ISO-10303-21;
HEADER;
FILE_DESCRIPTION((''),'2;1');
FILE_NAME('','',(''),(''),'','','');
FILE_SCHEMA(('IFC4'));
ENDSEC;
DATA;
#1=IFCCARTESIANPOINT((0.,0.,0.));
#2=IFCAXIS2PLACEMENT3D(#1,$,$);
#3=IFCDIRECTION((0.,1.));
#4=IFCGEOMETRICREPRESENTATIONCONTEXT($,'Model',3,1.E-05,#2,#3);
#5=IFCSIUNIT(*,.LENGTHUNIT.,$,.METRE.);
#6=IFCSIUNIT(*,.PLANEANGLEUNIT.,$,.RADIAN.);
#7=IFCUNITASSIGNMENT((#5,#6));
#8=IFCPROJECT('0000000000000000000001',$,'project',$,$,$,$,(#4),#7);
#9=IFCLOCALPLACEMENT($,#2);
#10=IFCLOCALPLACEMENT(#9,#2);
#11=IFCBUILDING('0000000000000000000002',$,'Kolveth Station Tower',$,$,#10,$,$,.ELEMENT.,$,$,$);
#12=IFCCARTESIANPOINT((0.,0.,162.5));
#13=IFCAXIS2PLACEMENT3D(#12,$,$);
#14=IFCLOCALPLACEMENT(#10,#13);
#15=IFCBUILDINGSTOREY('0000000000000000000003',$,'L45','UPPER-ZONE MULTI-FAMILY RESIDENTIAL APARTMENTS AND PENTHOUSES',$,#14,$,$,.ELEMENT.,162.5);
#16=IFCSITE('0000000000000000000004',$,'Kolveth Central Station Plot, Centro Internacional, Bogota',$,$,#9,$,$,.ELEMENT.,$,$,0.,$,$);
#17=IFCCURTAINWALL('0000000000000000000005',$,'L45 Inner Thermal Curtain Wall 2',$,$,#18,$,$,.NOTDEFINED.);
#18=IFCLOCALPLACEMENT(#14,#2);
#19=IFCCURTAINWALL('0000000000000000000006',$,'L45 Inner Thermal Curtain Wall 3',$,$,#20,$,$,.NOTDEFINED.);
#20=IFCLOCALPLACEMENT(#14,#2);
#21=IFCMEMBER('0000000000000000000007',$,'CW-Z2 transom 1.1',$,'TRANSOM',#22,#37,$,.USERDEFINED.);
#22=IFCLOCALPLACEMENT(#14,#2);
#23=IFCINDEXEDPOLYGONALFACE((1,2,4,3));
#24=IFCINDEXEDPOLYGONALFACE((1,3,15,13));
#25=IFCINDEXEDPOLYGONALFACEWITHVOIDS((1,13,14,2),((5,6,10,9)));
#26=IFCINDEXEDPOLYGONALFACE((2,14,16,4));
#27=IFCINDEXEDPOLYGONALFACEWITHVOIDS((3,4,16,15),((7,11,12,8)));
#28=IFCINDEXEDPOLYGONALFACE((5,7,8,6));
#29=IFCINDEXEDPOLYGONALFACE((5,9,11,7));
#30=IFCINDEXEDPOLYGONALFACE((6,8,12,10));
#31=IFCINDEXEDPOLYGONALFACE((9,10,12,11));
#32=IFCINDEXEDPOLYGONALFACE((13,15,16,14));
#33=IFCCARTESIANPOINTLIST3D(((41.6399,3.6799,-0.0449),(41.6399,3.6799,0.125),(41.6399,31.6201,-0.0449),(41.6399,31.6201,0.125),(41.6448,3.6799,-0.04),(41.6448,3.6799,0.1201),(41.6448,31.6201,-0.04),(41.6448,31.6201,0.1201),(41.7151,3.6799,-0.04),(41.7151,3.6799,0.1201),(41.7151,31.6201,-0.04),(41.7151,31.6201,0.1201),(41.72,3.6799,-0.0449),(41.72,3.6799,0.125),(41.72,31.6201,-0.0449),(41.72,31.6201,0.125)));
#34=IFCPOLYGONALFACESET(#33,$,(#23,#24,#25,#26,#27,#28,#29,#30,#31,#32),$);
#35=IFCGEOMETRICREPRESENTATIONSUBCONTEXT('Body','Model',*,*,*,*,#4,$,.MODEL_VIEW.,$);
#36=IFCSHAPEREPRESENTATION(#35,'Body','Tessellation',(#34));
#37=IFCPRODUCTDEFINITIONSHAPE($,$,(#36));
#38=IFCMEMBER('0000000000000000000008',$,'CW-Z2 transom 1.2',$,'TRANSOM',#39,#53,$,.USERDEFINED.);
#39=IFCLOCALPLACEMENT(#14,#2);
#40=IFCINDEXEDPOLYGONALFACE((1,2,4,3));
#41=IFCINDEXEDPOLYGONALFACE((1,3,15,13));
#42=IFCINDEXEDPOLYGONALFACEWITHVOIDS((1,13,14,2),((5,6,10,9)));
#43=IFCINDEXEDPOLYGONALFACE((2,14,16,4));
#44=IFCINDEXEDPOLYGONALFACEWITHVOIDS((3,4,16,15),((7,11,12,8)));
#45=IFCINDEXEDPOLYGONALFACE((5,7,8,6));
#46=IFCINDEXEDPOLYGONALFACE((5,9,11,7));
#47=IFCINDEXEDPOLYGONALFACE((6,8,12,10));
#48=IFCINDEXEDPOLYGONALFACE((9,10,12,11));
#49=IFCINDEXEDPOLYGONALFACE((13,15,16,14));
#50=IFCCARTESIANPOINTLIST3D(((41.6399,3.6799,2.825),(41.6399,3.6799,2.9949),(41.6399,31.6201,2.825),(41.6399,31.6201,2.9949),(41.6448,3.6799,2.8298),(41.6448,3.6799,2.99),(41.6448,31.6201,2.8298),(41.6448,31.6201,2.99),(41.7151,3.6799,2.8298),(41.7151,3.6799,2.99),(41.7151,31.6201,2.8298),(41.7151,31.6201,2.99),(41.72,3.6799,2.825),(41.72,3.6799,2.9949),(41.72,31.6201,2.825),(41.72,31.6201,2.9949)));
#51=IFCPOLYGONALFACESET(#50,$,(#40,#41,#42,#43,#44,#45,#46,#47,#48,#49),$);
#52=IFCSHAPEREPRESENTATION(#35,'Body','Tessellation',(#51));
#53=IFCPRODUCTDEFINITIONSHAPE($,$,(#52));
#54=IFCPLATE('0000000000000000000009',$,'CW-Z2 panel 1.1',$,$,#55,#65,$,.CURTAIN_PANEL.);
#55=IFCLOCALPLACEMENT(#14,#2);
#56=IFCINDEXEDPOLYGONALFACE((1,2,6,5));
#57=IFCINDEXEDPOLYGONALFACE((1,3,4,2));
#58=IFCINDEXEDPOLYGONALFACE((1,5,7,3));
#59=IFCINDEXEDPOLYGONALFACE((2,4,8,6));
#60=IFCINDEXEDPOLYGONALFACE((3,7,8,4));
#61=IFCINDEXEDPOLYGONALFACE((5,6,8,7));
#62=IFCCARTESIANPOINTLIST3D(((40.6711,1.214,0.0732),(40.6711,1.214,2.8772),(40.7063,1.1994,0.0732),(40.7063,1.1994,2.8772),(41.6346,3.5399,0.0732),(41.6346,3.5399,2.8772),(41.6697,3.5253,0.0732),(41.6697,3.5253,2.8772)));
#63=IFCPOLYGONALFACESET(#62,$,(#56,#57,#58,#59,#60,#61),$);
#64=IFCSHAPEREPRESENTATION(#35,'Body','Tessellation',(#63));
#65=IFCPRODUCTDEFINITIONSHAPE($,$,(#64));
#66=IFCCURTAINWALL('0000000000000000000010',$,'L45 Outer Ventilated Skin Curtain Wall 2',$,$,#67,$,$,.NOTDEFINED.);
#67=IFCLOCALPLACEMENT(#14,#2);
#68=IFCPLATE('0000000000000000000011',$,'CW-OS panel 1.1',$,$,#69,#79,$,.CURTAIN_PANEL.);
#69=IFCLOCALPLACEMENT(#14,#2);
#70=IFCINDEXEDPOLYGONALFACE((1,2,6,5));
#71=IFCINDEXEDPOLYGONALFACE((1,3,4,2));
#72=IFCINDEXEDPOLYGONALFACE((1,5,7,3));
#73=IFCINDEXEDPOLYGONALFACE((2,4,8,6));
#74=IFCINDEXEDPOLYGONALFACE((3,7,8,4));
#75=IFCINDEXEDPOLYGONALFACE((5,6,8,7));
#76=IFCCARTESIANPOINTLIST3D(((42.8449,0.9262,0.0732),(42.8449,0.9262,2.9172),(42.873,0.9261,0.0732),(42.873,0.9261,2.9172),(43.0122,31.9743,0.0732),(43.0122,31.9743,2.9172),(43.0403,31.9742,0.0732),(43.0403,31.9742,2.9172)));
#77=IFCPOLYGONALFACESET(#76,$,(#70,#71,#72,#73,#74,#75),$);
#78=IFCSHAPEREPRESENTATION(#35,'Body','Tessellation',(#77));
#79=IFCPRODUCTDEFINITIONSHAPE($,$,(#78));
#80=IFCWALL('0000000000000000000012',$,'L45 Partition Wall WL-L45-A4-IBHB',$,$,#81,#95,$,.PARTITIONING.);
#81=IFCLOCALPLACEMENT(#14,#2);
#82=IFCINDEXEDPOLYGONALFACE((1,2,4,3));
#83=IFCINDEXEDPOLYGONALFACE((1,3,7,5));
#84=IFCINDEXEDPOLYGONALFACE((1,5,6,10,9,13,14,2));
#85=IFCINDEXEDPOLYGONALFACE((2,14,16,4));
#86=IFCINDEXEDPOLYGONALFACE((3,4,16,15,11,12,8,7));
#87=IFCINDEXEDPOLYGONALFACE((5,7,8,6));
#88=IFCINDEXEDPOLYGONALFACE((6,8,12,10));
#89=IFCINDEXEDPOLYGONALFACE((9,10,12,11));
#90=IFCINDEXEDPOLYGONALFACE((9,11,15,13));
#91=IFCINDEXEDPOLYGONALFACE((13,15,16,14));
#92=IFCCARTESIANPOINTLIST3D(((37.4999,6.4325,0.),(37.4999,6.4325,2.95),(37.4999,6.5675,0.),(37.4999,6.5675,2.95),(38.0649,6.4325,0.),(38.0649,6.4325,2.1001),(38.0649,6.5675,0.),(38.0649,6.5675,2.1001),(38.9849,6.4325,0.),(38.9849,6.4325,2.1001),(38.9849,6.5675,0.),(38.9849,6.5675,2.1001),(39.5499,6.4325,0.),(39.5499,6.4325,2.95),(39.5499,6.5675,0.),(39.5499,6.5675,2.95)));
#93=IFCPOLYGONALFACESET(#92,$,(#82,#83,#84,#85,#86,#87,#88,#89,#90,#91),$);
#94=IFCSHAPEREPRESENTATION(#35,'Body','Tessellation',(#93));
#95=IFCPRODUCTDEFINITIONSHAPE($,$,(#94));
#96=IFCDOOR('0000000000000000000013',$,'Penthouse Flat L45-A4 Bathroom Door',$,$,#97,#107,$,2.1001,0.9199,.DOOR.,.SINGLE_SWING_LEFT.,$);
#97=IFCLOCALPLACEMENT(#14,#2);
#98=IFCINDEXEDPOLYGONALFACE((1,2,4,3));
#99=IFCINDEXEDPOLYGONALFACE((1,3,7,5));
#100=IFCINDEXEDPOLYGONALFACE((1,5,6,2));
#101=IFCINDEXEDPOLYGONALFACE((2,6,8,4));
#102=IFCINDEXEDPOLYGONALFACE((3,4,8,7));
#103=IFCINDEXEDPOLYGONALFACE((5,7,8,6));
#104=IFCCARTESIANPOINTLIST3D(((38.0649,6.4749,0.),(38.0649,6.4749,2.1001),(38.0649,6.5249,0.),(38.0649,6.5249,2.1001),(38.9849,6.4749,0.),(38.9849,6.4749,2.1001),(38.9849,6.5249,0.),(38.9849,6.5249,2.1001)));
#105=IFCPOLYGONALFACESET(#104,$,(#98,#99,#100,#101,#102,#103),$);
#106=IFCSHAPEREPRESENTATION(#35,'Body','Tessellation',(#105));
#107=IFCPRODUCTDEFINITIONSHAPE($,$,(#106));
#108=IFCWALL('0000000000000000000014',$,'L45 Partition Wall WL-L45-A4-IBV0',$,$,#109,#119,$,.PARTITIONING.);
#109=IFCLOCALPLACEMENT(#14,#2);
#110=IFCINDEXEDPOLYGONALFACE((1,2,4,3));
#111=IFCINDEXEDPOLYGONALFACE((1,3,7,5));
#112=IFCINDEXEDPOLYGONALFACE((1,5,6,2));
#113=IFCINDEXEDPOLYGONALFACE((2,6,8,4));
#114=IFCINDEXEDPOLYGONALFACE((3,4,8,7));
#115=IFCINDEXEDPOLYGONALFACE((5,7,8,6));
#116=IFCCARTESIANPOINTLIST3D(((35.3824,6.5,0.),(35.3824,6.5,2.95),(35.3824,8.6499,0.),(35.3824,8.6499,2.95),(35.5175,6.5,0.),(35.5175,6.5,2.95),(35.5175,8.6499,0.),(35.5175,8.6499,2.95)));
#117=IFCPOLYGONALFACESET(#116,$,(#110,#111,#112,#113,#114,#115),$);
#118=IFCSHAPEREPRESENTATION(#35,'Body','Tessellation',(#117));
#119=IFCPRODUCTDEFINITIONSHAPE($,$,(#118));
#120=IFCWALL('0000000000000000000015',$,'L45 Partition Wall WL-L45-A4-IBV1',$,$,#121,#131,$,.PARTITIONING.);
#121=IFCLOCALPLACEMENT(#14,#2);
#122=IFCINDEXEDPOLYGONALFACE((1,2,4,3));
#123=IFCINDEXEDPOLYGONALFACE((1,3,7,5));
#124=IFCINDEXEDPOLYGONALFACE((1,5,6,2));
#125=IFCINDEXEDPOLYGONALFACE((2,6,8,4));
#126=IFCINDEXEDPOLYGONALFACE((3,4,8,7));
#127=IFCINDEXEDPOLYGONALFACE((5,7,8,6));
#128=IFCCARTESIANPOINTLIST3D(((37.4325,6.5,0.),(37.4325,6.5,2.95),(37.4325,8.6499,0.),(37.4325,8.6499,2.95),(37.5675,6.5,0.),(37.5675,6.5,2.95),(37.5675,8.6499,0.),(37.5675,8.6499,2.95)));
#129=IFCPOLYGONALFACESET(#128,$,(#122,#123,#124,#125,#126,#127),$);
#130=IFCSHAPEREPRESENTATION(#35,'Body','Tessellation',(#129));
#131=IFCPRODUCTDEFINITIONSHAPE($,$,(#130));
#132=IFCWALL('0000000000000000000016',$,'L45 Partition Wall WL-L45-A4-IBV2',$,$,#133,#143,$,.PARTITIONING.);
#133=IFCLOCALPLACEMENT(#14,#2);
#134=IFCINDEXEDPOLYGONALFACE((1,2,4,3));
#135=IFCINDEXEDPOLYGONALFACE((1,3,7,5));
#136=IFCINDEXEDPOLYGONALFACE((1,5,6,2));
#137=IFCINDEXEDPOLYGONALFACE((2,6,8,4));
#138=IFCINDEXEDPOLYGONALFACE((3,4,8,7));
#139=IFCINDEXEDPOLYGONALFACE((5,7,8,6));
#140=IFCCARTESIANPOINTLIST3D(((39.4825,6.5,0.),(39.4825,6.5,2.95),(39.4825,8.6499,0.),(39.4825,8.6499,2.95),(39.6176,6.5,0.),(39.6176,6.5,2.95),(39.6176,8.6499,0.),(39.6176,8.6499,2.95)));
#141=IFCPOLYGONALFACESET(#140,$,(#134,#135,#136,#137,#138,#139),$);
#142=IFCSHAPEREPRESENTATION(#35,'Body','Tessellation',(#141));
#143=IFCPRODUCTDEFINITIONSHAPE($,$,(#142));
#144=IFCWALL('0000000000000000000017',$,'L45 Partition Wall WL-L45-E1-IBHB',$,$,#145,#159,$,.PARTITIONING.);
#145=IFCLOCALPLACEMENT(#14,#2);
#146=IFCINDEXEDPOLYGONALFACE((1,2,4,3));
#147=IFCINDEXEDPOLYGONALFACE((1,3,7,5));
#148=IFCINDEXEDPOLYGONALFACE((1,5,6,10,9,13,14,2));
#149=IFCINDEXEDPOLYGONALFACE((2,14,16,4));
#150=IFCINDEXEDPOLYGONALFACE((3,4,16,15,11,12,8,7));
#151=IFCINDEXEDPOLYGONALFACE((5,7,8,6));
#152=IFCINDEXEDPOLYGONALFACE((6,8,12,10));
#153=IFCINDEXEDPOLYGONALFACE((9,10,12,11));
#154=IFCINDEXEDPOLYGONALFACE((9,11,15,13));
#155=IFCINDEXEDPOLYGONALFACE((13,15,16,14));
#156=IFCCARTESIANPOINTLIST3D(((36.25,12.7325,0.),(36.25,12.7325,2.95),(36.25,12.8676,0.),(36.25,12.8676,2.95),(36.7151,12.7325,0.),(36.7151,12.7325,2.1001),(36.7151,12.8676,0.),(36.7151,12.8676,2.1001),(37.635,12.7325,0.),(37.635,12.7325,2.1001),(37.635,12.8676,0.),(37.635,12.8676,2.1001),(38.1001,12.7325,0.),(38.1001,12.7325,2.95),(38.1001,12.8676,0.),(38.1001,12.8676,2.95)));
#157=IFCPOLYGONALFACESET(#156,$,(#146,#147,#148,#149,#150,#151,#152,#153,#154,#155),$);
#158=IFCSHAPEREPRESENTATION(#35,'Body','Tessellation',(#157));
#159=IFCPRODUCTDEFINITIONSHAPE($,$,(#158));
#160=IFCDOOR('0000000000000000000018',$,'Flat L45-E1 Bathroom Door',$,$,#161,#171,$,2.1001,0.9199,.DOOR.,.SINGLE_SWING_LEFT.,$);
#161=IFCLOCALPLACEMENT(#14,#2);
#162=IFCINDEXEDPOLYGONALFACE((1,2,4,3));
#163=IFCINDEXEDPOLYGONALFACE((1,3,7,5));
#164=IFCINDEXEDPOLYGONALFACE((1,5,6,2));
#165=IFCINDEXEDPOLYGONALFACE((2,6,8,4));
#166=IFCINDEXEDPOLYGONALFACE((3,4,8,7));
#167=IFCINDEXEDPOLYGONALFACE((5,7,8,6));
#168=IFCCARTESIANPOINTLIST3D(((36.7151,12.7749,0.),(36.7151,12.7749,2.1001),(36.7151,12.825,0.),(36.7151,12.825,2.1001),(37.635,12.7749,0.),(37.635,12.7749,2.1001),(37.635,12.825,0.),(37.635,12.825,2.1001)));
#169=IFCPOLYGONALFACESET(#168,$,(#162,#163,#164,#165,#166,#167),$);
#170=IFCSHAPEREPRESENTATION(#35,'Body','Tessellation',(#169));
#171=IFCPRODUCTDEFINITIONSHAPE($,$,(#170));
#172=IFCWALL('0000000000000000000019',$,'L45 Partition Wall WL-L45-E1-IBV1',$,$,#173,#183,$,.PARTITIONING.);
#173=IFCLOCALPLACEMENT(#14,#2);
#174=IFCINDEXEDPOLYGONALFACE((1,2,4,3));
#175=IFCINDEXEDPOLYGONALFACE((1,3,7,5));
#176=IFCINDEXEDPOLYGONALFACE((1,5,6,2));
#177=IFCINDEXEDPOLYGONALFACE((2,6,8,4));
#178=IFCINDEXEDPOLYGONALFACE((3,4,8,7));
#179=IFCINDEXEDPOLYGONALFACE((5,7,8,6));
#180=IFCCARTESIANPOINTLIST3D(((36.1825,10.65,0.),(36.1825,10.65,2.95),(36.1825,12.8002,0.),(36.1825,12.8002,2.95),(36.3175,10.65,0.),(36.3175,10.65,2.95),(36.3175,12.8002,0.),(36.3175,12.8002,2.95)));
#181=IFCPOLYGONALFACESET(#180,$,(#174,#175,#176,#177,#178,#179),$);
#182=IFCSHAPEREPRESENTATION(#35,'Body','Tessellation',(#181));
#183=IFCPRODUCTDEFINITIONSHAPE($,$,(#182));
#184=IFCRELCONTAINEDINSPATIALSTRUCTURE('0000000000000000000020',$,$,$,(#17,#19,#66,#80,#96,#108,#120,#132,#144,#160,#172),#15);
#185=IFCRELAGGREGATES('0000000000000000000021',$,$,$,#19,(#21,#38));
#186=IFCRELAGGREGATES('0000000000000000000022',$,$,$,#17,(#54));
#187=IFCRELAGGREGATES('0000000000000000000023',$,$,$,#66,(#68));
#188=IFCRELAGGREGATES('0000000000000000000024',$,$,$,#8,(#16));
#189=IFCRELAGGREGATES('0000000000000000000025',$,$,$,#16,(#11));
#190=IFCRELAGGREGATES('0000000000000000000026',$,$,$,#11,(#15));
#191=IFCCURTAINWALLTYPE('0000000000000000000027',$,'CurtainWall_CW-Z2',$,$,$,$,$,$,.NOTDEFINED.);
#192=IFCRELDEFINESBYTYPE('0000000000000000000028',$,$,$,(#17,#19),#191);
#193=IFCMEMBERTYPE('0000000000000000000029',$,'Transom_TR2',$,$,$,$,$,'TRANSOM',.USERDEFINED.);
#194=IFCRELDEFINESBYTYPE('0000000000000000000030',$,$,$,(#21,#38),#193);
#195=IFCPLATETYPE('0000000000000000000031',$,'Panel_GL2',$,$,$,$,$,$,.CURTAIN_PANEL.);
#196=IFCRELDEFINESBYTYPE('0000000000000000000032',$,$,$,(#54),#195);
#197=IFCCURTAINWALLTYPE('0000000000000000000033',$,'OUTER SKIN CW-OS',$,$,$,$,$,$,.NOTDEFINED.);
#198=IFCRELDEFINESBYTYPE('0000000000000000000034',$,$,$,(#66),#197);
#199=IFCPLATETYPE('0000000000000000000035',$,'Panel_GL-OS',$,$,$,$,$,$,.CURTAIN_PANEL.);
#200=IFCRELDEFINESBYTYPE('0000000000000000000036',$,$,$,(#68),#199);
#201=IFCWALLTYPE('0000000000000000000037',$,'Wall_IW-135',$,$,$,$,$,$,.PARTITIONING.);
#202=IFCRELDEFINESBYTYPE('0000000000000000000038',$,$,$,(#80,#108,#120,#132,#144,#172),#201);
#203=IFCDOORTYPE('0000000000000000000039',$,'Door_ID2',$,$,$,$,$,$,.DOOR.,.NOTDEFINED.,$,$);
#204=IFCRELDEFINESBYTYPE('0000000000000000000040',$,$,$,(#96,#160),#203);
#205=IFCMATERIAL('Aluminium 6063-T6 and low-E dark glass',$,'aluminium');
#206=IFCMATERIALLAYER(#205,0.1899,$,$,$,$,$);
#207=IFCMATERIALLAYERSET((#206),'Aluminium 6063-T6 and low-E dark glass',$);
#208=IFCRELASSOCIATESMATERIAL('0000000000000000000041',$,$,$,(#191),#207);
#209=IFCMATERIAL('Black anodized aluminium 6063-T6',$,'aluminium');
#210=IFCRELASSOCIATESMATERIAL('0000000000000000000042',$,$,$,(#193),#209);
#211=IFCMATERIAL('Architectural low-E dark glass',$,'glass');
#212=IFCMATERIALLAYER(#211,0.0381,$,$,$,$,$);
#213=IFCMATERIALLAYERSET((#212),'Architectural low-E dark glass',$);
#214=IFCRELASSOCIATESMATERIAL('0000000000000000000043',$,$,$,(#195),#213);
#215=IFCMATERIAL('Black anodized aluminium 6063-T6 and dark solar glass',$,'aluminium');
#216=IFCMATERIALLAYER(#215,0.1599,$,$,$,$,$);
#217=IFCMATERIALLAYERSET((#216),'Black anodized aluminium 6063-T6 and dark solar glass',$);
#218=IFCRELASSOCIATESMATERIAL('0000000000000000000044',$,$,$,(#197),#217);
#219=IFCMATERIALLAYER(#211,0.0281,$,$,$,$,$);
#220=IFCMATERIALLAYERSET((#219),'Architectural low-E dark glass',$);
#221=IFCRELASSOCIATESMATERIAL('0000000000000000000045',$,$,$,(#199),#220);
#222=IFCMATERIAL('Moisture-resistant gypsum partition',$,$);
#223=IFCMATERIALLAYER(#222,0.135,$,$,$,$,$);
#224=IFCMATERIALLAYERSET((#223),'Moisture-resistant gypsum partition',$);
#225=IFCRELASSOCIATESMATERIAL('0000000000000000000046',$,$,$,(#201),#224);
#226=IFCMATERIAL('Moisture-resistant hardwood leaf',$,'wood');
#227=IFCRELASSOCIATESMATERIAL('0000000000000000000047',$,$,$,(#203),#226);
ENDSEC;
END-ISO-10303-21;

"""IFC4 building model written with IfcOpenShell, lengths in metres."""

from ifc_helpers import new_model, si_unit, direction, frame, frame_2d, origin, origin_2d, place, context, subcontext, project, spatial, rectangle, hollow_rectangle, extrude, source, transform, mapped, material, layer, layer_set, material_profile, profile_set, type_object, element, fill, aggregate, save


model = new_model("IFC4")

# Units and contexts
model_context = context("Model", 3, precision=1e-05, world=origin(), true_north=direction((0.0, 1.0)))
body_context = subcontext(model_context, "Body", "Model", "MODEL_VIEW")
ifc_project = project(units=[si_unit("LENGTHUNIT", "METRE"), si_unit("PLANEANGLEUNIT", "RADIAN")], contexts=[model_context])

# Site, building, storey
site_placement = place(None, origin())
site = spatial("IfcSite", under=ifc_project, at=site_placement, Name="Kolveth Central Station Plot, Centro Internacional, Bogota", CompositionType="ELEMENT", RefElevation=0.0)
building_placement = place(site_placement, origin())
building = spatial("IfcBuilding", under=site, at=building_placement, Name="Kolveth Station Tower", CompositionType="ELEMENT")
storey_placement = place(building_placement, frame((0.0, 0.0, 162.5)))
storey = spatial("IfcBuildingStorey", under=building, at=storey_placement, Name="L45", Description="UPPER-ZONE MULTI-FAMILY RESIDENTIAL APARTMENTS AND PENTHOUSES", CompositionType="ELEMENT", Elevation=162.5)

# Curtain walls
ifc_material_1 = material(Name="Aluminium 6063-T6 and low-E dark glass", Category="aluminium")
ifc_layer_1 = layer(ifc_material_1, 0.1899)
ifc_layer_set_1 = layer_set([ifc_layer_1], Name="Aluminium 6063-T6 and low-E dark glass")
curtain_wall_type_1 = type_object("IfcCurtainWallType", Name="CurtainWall_CW-Z2", PredefinedType="NOTDEFINED", material=ifc_layer_set_1)
curtain_wall_1_placement = place(storey_placement, origin())
curtain_wall_1 = element("IfcCurtainWall", 1, at=curtain_wall_1_placement, inside=storey, type_object=curtain_wall_type_1, Name="L45 Inner Thermal Curtain Wall 2", PredefinedType="NOTDEFINED")
ifc_material_2 = material(Name="Black anodized aluminium 6063-T6", Category="aluminium")
curtain_wall_2_placement = place(storey_placement, origin())
curtain_wall_2 = element("IfcCurtainWall", 2, at=curtain_wall_2_placement, inside=storey, type_object=curtain_wall_type_1, Name="L45 Inner Thermal Curtain Wall 3", PredefinedType="NOTDEFINED")

# Members
ifc_material_profile_1 = material_profile(ifc_material_2, hollow_rectangle(XDim=0.0801, YDim=0.1699, WallThickness=0.0049, at=origin_2d()), Name="ALU-80x170x5")
ifc_profile_set_1 = profile_set([ifc_material_profile_1], Name="Black anodized aluminium 6063-T6")
member_type_1 = type_object("IfcMemberType", Name="Transom_TR2", ElementType="TRANSOM", PredefinedType="USERDEFINED", material=ifc_profile_set_1)
shared_shape_1 = source(origin(), body_context, "Body", "SweptSolid", [
    extrude(hollow_rectangle(XDim=0.0801, YDim=0.1699, WallThickness=0.0049, at=origin_2d()), origin(), (0.0, 0.0, 1.0), 27.9402),
])
member_1_placement = place(storey_placement, frame((41.6799, 3.6799, 0.04), z_axis=(0.0, 1.0, 0.0), x_axis=(-1.0, 0.0, 0.0)))
member_1 = element("IfcMember", 3, at=member_1_placement, type_object=member_type_1, Name="CW-Z2 transom 1.1", ObjectType="TRANSOM", PredefinedType="USERDEFINED", context=body_context, shape_type="MappedRepresentation", body=[
    mapped(shared_shape_1, transform((0.0, 0.0, 0.0), x_axis=(1.0, 0.0, 0.0), y_axis=(0.0, 1.0, 0.0), z_axis=(0.0, 0.0, 1.0), scale=1.0)),
])
member_2_placement = place(storey_placement, frame((41.6799, 3.6799, 2.9099), z_axis=(0.0, 1.0, 0.0), x_axis=(-1.0, 0.0, 0.0)))
member_2 = element("IfcMember", 4, at=member_2_placement, type_object=member_type_1, Name="CW-Z2 transom 1.2", ObjectType="TRANSOM", PredefinedType="USERDEFINED", context=body_context, shape_type="MappedRepresentation", body=[
    mapped(shared_shape_1, transform((0.0, 0.0, 0.0), x_axis=(1.0, 0.0, 0.0), y_axis=(0.0, 1.0, 0.0), z_axis=(0.0, 0.0, 1.0), scale=1.0)),
])
aggregate(curtain_wall_2, [member_1, member_2])

# Plate
ifc_material_3 = material(Name="Architectural low-E dark glass", Category="glass")
ifc_layer_2 = layer(ifc_material_3, 0.0381)
ifc_layer_set_2 = layer_set([ifc_layer_2], Name="Architectural low-E dark glass")
plate_type_1 = type_object("IfcPlateType", Name="Panel_GL2", PredefinedType="CURTAIN_PANEL", material=ifc_layer_set_2)
shared_shape_2 = source(origin(), body_context, "Body", "SweptSolid", [
    extrude(rectangle(XDim=2.5176, YDim=0.0381, at=origin_2d()), origin(), (0.0, 0.0, 1.0), 2.804),
])
plate_1_placement = place(storey_placement, frame((41.1704, 2.3696, 0.0732), z_axis=(0.0, 0.0, 1.0), x_axis=(0.382698, 0.923874, 0.0)))
plate_1 = element("IfcPlate", 5, at=plate_1_placement, type_object=plate_type_1, Name="CW-Z2 panel 1.1", PredefinedType="CURTAIN_PANEL", context=body_context, shape_type="MappedRepresentation", body=[
    mapped(shared_shape_2, transform((0.0, 0.0, 0.0), x_axis=(1.0, 0.0, 0.0), y_axis=(0.0, 1.0, 0.0), z_axis=(0.0, 0.0, 1.0), scale=1.0)),
])
aggregate(curtain_wall_1, [plate_1])

# Curtain wall, plate
ifc_material_4 = material(Name="Black anodized aluminium 6063-T6 and dark solar glass", Category="aluminium")
ifc_layer_3 = layer(ifc_material_4, 0.1599)
ifc_layer_set_3 = layer_set([ifc_layer_3], Name="Black anodized aluminium 6063-T6 and dark solar glass")
curtain_wall_type_2 = type_object("IfcCurtainWallType", Name="OUTER SKIN CW-OS", PredefinedType="NOTDEFINED", material=ifc_layer_set_3)
curtain_wall_3_placement = place(storey_placement, origin())
curtain_wall_3 = element("IfcCurtainWall", 6, at=curtain_wall_3_placement, inside=storey, type_object=curtain_wall_type_2, Name="L45 Outer Ventilated Skin Curtain Wall 2", PredefinedType="NOTDEFINED")
ifc_layer_4 = layer(ifc_material_3, 0.0281)
ifc_layer_set_4 = layer_set([ifc_layer_4], Name="Architectural low-E dark glass")
plate_type_2 = type_object("IfcPlateType", Name="Panel_GL-OS", PredefinedType="CURTAIN_PANEL", material=ifc_layer_set_4)
shared_shape_3 = source(origin(), body_context, "Body", "SweptSolid", [
    extrude(rectangle(XDim=31.0486, YDim=0.0281, at=origin_2d()), origin(), (0.0, 0.0, 1.0), 2.844),
])
plate_2_placement = place(storey_placement, frame((42.9426, 16.4502, 0.0732), z_axis=(0.0, 0.0, 1.0), x_axis=(0.005388, 0.999985, 0.0)))
plate_2 = element("IfcPlate", 7, at=plate_2_placement, type_object=plate_type_2, Name="CW-OS panel 1.1", PredefinedType="CURTAIN_PANEL", context=body_context, shape_type="MappedRepresentation", body=[
    mapped(shared_shape_3, transform((0.0, 0.0, 0.0), x_axis=(1.0, 0.0, 0.0), y_axis=(0.0, 1.0, 0.0), z_axis=(0.0, 0.0, 1.0), scale=1.0)),
])
aggregate(curtain_wall_3, [plate_2])

# Wall, opening, door
ifc_material_5 = material(Name="Moisture-resistant gypsum partition")
ifc_layer_5 = layer(ifc_material_5, 0.135)
ifc_layer_set_5 = layer_set([ifc_layer_5], Name="Moisture-resistant gypsum partition")
wall_type_1 = type_object("IfcWallType", Name="Wall_IW-135", PredefinedType="PARTITIONING", material=ifc_layer_set_5)
wall_1_placement = place(storey_placement, frame((37.5, 6.5, 0.0), z_axis=(0.0, 0.0, 1.0), x_axis=(1.0, 0.0, 0.0)))
wall_1 = element("IfcWall", 8, at=wall_1_placement, inside=storey, type_object=wall_type_1, Name="L45 Partition Wall WL-L45-A4-IBHB", PredefinedType="PARTITIONING", context=body_context, shape_type="SweptSolid", body=[
    extrude(rectangle(XDim=2.05, YDim=0.135, at=frame_2d((1.0249, 0.0))), origin(), (0.0, 0.0, 1.0), 2.95),
])
opening_1_placement = place(wall_1_placement, frame((0.5649, 0.0, 0.0)))
opening_1 = element("IfcOpeningElement", 9, at=opening_1_placement, cuts=wall_1, PredefinedType="OPENING", context=body_context, shape_type="SweptSolid", body=[
    extrude(rectangle(XDim=0.9199, YDim=2.1001, at=frame_2d((0.46, 1.05))), frame((0.0, 0.0774, 0.0), z_axis=(0.0, -1.0, 0.0), x_axis=(1.0, 0.0, 0.0)), (0.0, 0.0, 1.0), 0.155),
])
ifc_material_6 = material(Name="Moisture-resistant hardwood leaf", Category="wood")
door_type_1 = type_object("IfcDoorType", Name="Door_ID2", OperationType="NOTDEFINED", PredefinedType="DOOR", material=ifc_material_6)
door_1_placement = place(opening_1_placement, origin())
door_1 = element("IfcDoor", 10, at=door_1_placement, inside=storey, type_object=door_type_1, Name="Penthouse Flat L45-A4 Bathroom Door", OperationType="SINGLE_SWING_LEFT", OverallHeight=2.1001, OverallWidth=0.9199, PredefinedType="DOOR", context=body_context, shape_type="SweptSolid", body=[
    extrude(rectangle(XDim=0.9199, YDim=2.1001, at=frame_2d((0.46, 1.05))), frame((0.0, 0.0249, 0.0), z_axis=(0.0, -1.0, 0.0), x_axis=(1.0, 0.0, 0.0)), (0.0, 0.0, 1.0), 0.05),
])
fill(opening_1, door_1)

# Walls
for number, where, z_axis, x_axis, name in (
    (11, (35.45, 6.5, 0.0), (0.0, 0.0, 1.0), (0.0, 1.0, 0.0), "L45 Partition Wall WL-L45-A4-IBV0"),
    (12, (37.5, 6.5, 0.0), (0.0, 0.0, 1.0), (0.0, 1.0, 0.0), "L45 Partition Wall WL-L45-A4-IBV1"),
    (13, (39.55, 6.5, 0.0), (0.0, 0.0, 1.0), (0.0, 1.0, 0.0), "L45 Partition Wall WL-L45-A4-IBV2"),
):
    element("IfcWall", number, at=place(storey_placement, frame(where, z_axis=z_axis, x_axis=x_axis)), inside=storey, type_object=wall_type_1, Name=name, PredefinedType="PARTITIONING", context=body_context, shape_type="SweptSolid", body=[
        extrude(rectangle(XDim=2.1499, YDim=0.135, at=frame_2d((1.075, 0.0))), origin(), (0.0, 0.0, 1.0), 2.95),
    ])

# Wall, opening, door
wall_2_placement = place(storey_placement, frame((36.25, 12.8, 0.0), z_axis=(0.0, 0.0, 1.0), x_axis=(1.0, 0.0, 0.0)))
wall_2 = element("IfcWall", 14, at=wall_2_placement, inside=storey, type_object=wall_type_1, Name="L45 Partition Wall WL-L45-E1-IBHB", PredefinedType="PARTITIONING", context=body_context, shape_type="SweptSolid", body=[
    extrude(rectangle(XDim=1.8501, YDim=0.135, at=frame_2d((0.925, 0.0))), origin(), (0.0, 0.0, 1.0), 2.95),
])
opening_2_placement = place(wall_2_placement, frame((0.4651, 0.0, 0.0)))
opening_2 = element("IfcOpeningElement", 15, at=opening_2_placement, cuts=wall_2, PredefinedType="OPENING", context=body_context, shape_type="SweptSolid", body=[
    extrude(rectangle(XDim=0.9199, YDim=2.1001, at=frame_2d((0.46, 1.05))), frame((0.0, 0.0774, 0.0), z_axis=(0.0, -1.0, 0.0), x_axis=(1.0, 0.0, 0.0)), (0.0, 0.0, 1.0), 0.155),
])
door_2_placement = place(opening_2_placement, origin())
door_2 = element("IfcDoor", 16, at=door_2_placement, inside=storey, type_object=door_type_1, Name="Flat L45-E1 Bathroom Door", OperationType="SINGLE_SWING_LEFT", OverallHeight=2.1001, OverallWidth=0.9199, PredefinedType="DOOR", context=body_context, shape_type="SweptSolid", body=[
    extrude(rectangle(XDim=0.9199, YDim=2.1001, at=frame_2d((0.46, 1.05))), frame((0.0, 0.0249, 0.0), z_axis=(0.0, -1.0, 0.0), x_axis=(1.0, 0.0, 0.0)), (0.0, 0.0, 1.0), 0.05),
])
fill(opening_2, door_2)

# Wall
for number, where, z_axis, x_axis, name in (
    (17, (36.25, 10.6499, 0.0), (0.0, 0.0, 1.0), (0.0, 1.0, 0.0), "L45 Partition Wall WL-L45-E1-IBV1"),
):
    element("IfcWall", number, at=place(storey_placement, frame(where, z_axis=z_axis, x_axis=x_axis)), inside=storey, type_object=wall_type_1, Name=name, PredefinedType="PARTITIONING", context=body_context, shape_type="SweptSolid", body=[
        extrude(rectangle(XDim=2.1501, YDim=0.135, at=frame_2d((1.0752, 0.0))), origin(), (0.0, 0.0, 1.0), 2.95),
    ])

save(model, "model.ifc")
